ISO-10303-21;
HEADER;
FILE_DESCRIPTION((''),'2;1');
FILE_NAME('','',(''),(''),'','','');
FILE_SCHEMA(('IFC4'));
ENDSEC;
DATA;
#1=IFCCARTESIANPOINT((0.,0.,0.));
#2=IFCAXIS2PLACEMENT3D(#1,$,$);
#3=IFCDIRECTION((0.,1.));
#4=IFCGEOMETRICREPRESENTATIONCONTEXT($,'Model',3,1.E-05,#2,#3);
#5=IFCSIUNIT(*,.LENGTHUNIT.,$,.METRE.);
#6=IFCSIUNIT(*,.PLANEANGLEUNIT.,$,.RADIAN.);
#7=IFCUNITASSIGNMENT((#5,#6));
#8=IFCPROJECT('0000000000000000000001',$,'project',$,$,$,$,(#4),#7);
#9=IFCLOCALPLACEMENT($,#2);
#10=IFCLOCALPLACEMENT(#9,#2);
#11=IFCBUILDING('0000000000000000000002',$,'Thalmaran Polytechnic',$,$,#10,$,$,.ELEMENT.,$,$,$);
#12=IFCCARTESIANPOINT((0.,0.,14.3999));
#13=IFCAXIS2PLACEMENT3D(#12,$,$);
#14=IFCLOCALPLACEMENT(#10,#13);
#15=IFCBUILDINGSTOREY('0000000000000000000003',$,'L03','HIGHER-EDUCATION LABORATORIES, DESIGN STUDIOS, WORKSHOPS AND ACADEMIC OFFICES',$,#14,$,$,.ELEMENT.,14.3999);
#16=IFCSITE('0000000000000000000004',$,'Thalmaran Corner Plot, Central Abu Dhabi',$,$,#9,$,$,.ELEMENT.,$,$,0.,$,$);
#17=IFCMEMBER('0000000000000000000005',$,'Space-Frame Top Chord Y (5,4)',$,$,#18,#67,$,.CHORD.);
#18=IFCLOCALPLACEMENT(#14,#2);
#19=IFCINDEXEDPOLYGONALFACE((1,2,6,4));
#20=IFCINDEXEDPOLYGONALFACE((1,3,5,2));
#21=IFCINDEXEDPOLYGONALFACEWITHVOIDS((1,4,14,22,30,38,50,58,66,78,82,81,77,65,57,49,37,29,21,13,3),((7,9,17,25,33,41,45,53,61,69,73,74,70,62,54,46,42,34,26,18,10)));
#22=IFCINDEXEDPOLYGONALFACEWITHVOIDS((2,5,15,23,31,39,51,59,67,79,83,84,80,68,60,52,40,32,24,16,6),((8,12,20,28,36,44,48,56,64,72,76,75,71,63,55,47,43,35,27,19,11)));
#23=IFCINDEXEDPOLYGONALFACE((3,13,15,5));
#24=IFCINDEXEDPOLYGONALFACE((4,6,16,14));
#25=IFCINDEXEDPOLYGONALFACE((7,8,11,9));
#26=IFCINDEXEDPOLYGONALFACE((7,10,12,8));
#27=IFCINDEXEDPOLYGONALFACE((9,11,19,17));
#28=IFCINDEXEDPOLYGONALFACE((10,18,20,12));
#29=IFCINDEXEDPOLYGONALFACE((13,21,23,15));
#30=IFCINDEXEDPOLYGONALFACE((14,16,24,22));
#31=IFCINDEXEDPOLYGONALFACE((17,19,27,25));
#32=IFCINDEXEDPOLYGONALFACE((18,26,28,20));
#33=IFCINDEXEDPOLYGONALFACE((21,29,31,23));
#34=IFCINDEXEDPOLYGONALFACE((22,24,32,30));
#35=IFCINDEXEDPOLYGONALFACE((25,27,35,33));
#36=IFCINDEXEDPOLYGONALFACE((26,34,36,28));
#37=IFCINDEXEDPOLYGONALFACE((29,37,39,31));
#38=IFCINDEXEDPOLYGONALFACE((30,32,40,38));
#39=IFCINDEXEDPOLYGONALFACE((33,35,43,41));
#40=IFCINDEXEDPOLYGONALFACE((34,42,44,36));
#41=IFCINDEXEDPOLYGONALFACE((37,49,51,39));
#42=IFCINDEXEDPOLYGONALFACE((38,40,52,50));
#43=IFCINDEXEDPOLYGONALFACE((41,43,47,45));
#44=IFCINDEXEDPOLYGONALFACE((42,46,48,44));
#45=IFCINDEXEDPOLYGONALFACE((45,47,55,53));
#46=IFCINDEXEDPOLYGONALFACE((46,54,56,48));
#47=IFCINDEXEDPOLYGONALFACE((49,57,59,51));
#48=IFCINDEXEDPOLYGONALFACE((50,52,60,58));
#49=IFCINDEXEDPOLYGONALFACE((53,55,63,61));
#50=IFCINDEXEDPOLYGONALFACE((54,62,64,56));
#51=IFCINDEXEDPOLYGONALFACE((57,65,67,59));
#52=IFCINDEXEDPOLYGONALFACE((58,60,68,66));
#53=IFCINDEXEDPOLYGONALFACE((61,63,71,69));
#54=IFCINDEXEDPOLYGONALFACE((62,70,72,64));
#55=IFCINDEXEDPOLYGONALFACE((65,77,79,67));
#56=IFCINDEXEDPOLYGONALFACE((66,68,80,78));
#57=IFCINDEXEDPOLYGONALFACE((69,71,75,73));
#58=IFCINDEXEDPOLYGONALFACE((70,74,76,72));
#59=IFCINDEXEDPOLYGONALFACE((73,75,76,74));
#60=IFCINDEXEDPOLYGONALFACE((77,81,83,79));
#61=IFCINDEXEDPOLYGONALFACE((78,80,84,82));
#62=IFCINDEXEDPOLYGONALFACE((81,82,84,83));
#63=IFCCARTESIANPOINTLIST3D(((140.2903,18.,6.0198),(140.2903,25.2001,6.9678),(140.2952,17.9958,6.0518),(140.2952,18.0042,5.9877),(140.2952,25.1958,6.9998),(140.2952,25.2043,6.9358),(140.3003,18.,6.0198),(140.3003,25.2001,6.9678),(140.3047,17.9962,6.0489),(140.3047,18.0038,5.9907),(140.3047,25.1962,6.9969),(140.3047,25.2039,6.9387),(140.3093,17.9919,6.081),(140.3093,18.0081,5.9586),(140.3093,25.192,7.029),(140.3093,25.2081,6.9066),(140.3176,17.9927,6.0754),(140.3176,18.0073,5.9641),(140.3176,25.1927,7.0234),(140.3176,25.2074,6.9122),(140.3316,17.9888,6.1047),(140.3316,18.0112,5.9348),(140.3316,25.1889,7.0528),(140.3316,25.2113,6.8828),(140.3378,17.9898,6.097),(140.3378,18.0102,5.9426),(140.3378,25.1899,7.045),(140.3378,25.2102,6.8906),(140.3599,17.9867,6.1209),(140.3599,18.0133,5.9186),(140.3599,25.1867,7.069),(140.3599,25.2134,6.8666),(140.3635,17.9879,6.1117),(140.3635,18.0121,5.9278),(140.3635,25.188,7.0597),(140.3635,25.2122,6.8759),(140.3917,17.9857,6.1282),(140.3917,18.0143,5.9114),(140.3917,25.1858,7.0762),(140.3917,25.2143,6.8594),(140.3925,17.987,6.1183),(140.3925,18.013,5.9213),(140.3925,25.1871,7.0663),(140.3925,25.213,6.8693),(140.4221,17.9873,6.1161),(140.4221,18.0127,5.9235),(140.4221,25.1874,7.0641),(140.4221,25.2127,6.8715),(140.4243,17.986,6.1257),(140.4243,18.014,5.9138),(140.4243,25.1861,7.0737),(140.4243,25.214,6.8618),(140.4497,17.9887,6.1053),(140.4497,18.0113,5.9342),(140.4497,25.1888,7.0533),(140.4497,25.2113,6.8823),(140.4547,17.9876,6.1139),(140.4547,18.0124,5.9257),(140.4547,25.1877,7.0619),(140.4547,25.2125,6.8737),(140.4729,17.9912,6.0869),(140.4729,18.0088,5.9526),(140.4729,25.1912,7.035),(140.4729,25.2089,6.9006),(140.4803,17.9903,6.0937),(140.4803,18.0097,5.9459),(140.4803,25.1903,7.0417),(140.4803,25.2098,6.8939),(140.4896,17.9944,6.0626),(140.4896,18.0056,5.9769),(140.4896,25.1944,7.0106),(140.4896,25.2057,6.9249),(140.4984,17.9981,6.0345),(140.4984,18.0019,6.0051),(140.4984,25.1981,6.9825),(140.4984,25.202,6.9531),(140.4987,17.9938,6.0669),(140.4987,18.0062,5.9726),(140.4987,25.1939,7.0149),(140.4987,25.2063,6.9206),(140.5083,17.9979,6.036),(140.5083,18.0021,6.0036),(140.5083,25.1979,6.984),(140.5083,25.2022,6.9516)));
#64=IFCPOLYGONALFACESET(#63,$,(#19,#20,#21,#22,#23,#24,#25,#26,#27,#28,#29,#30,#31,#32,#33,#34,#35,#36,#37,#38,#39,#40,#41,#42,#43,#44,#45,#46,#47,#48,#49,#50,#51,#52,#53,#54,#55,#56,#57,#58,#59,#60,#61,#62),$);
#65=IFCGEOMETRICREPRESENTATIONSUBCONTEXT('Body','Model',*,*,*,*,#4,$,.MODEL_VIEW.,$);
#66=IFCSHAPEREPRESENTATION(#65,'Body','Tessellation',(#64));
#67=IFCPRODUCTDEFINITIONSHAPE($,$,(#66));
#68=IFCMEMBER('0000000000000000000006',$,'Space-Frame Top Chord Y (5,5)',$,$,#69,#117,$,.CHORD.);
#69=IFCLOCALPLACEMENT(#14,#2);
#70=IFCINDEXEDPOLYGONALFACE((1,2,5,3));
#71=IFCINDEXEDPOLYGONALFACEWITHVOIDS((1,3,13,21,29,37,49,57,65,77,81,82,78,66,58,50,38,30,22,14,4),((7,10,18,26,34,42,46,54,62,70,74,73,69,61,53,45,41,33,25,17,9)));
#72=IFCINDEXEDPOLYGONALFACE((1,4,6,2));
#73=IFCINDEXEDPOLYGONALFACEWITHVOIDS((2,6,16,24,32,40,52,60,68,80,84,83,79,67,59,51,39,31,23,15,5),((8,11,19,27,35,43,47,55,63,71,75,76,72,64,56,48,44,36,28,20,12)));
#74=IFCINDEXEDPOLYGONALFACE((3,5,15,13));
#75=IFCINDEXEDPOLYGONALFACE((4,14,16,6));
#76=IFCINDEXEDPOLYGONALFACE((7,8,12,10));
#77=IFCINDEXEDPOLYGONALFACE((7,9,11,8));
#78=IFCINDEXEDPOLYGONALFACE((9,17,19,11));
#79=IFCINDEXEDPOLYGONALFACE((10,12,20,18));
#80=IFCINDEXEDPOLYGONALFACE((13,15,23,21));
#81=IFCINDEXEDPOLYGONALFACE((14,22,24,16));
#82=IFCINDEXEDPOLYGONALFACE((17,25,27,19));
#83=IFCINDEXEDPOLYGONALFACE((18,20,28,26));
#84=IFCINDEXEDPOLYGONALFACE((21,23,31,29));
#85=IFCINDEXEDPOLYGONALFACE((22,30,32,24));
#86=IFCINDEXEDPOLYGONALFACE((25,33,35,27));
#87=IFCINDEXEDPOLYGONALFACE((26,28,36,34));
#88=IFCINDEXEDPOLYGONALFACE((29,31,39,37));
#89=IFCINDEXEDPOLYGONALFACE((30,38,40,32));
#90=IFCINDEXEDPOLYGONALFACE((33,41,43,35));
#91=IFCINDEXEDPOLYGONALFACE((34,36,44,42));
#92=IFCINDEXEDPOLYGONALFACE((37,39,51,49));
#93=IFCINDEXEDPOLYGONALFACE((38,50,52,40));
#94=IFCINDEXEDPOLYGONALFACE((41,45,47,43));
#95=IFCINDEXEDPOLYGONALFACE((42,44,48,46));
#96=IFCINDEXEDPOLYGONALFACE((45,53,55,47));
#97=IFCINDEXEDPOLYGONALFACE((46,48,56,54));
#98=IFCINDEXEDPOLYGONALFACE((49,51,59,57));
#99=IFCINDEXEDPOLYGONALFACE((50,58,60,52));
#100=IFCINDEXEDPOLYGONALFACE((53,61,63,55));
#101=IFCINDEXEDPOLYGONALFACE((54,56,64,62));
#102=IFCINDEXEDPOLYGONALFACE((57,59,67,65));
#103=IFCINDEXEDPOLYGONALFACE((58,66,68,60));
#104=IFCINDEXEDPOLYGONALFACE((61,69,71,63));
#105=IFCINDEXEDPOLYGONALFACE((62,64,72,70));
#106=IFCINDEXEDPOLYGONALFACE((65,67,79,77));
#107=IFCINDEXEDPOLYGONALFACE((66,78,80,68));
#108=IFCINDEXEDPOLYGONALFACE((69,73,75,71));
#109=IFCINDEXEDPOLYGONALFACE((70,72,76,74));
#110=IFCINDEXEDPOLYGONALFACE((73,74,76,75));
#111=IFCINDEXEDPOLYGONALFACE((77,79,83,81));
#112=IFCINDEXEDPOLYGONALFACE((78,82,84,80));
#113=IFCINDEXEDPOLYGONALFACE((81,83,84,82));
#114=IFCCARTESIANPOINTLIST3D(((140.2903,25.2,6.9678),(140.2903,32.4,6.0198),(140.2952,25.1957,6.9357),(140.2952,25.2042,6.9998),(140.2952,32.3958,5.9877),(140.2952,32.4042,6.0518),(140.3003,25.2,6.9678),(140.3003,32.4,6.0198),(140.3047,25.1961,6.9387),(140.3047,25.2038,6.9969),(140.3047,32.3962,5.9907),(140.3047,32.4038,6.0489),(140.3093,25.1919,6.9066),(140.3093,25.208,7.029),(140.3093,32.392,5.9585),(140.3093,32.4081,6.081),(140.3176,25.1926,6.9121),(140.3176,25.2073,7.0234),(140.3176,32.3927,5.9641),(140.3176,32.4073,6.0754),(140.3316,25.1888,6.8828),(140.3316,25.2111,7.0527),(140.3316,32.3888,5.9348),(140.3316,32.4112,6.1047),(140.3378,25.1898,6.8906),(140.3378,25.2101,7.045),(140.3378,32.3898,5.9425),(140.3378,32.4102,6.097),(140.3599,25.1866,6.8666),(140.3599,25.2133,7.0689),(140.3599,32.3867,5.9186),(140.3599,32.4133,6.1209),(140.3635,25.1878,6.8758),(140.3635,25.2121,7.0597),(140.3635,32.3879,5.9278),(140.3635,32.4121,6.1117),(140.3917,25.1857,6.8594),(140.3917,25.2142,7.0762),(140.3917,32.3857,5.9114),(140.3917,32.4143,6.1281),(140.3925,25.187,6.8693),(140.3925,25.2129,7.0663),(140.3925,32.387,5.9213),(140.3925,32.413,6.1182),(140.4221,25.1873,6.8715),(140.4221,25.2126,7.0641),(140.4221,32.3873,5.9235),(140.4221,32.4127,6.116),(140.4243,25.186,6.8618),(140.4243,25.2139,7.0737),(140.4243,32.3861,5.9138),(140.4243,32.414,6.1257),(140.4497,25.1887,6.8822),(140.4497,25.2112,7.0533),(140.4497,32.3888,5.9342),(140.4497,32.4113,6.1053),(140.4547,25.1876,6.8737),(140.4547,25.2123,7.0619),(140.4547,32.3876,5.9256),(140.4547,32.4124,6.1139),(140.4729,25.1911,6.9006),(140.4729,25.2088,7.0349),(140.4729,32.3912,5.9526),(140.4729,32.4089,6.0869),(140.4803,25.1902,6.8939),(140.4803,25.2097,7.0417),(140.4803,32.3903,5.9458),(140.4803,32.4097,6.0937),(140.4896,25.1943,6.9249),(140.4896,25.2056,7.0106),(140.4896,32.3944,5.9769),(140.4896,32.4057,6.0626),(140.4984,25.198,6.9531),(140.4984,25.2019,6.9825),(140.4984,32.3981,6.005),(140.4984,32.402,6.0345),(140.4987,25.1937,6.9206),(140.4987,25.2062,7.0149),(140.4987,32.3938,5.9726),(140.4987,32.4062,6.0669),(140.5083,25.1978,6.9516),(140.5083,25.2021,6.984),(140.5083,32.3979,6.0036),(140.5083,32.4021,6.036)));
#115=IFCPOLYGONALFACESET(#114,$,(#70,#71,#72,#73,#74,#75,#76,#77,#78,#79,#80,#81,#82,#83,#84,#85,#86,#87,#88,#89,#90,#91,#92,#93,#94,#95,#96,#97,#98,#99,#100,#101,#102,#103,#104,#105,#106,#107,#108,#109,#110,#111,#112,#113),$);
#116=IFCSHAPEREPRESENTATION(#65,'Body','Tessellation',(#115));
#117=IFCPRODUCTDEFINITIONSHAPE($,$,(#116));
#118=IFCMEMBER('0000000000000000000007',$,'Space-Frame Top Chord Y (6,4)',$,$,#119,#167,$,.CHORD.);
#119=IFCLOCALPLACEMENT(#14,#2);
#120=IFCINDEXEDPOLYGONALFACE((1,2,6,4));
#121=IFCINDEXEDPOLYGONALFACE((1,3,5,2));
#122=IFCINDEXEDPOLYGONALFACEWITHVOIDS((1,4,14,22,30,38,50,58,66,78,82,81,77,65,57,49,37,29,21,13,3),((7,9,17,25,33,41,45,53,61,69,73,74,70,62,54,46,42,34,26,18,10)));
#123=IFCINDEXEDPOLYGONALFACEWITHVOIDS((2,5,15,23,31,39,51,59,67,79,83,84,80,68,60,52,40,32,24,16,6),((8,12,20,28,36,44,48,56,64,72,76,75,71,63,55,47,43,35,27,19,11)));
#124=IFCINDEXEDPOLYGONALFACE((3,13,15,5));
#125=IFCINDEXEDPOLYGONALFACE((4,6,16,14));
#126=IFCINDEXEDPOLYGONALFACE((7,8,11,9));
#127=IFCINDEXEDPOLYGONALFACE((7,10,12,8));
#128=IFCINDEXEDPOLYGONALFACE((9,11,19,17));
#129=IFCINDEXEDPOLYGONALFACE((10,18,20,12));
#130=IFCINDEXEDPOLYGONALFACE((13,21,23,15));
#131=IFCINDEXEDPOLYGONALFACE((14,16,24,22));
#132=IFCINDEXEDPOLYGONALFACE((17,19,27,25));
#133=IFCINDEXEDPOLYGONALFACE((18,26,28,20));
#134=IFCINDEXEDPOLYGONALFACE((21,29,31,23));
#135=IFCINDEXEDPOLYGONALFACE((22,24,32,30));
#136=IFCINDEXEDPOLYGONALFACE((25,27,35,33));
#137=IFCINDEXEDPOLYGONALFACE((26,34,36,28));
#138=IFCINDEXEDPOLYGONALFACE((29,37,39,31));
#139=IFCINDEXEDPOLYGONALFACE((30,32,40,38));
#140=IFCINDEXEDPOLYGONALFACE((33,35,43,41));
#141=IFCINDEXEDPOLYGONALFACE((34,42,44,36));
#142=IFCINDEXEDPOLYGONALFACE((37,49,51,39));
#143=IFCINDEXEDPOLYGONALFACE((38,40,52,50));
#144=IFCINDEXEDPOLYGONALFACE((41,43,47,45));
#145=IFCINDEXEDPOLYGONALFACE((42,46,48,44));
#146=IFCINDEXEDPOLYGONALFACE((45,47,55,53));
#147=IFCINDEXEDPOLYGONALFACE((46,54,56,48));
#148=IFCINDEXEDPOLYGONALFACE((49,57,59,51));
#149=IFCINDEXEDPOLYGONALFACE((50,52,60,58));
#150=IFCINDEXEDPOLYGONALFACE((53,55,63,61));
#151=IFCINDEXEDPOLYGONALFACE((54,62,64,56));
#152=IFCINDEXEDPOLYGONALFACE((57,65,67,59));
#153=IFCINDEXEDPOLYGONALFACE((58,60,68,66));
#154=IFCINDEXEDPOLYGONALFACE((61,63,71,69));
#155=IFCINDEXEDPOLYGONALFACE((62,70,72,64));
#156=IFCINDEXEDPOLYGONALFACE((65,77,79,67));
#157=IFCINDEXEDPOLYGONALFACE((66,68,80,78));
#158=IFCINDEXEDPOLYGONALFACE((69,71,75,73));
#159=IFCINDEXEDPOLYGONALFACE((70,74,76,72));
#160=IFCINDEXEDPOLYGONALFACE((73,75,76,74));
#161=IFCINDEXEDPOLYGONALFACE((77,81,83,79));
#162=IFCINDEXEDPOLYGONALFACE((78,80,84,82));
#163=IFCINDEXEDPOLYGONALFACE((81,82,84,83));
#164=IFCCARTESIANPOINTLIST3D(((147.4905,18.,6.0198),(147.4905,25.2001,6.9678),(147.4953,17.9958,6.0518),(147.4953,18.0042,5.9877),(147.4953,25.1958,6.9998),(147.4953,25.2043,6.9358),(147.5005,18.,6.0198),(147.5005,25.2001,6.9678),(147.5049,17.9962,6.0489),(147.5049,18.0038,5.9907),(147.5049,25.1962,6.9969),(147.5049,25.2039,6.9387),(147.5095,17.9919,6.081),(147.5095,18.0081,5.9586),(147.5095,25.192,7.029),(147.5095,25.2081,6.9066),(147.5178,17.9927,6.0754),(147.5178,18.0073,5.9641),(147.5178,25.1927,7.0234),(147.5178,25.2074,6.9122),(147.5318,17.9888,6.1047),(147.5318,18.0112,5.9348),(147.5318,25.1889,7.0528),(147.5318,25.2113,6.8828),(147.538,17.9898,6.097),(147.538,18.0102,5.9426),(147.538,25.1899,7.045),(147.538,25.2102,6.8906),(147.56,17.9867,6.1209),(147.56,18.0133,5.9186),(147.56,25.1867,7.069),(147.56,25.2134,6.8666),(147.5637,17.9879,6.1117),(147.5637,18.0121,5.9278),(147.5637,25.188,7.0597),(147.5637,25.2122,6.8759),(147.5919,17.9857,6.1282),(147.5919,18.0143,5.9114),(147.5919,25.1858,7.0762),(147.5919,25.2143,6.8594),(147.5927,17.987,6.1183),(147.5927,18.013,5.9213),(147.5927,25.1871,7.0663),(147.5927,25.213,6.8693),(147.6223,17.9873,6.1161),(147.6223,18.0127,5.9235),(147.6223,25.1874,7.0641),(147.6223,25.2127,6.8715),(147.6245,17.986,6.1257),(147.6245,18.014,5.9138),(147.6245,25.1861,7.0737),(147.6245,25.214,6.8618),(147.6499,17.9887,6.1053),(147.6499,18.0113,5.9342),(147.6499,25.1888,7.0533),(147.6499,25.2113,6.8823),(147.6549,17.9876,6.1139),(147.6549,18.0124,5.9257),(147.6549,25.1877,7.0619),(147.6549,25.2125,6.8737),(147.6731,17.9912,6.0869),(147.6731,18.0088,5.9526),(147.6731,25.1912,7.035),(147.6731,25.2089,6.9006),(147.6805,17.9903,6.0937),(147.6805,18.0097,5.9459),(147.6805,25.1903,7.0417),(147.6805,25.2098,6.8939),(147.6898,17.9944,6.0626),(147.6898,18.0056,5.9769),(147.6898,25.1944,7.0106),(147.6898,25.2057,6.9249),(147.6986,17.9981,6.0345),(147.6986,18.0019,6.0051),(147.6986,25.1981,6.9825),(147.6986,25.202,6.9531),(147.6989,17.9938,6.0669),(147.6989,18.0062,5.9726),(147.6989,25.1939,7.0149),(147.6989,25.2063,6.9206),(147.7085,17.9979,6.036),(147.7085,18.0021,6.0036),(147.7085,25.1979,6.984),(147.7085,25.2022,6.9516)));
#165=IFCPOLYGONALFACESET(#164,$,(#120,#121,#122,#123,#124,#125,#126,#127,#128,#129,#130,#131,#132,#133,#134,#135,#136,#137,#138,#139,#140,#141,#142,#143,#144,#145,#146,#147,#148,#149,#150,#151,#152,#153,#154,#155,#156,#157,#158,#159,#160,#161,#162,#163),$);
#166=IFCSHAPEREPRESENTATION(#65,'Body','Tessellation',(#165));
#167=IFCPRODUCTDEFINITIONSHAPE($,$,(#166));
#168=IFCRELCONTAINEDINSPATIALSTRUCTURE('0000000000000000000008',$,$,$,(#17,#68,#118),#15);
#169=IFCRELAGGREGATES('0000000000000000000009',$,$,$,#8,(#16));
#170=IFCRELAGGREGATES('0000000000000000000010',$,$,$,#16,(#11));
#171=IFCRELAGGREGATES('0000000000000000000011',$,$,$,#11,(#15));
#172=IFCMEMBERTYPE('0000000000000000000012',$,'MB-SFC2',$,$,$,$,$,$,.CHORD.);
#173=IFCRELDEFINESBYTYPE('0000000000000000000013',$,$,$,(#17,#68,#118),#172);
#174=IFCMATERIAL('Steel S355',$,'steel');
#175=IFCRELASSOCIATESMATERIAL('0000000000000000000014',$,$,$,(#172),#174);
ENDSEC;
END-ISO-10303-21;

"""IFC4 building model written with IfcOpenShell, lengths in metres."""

from ifc_helpers import new_model, si_unit, direction, frame, origin, origin_2d, place, context, subcontext, project, spatial, hollow_circle, extrude, material, material_profile, profile_set, type_object, element, save


model = new_model("IFC4")

# Units and contexts
model_context = context("Model", 3, precision=1e-05, world=origin(), true_north=direction((0.0, 1.0)))
body_context = subcontext(model_context, "Body", "Model", "MODEL_VIEW")
ifc_project = project(units=[si_unit("LENGTHUNIT", "METRE"), si_unit("PLANEANGLEUNIT", "RADIAN")], contexts=[model_context])

# Site, building, storey
site_placement = place(None, origin())
site = spatial("IfcSite", under=ifc_project, at=site_placement, Name="Thalmaran Corner Plot, Central Abu Dhabi", CompositionType="ELEMENT", RefElevation=0.0)
building_placement = place(site_placement, origin())
building = spatial("IfcBuilding", under=site, at=building_placement, Name="Thalmaran Polytechnic", CompositionType="ELEMENT")
storey_placement = place(building_placement, frame((0.0, 0.0, 14.3999)))
storey = spatial("IfcBuildingStorey", under=building, at=storey_placement, Name="L03", Description="HIGHER-EDUCATION LABORATORIES, DESIGN STUDIOS, WORKSHOPS AND ACADEMIC OFFICES", CompositionType="ELEMENT", Elevation=14.3999)

# Members
ifc_material = material(Name="Steel S355", Category="steel")
ifc_material_profile_1 = material_profile(ifc_material, hollow_circle(Radius=0.1096, WallThickness=0.01, at=origin_2d()), Name="CHS 219.1x10.0")
ifc_profile_set_1 = profile_set([ifc_material_profile_1], Name="Steel S355")
member_type_1 = type_object("IfcMemberType", Name="MB-SFC2", PredefinedType="CHORD", material=ifc_profile_set_1)
for number, where, z_axis, x_axis, name in (
    (1, (140.3999, 18.0, 6.0198), (0.0, 0.991443, 0.130541), (-1.0, 0.0, 0.0), "Space-Frame Top Chord Y (5,4)"),
    (2, (140.3999, 25.2, 6.9678), (0.0, 0.991443, -0.130541), (-1.0, 0.0, 0.0), "Space-Frame Top Chord Y (5,5)"),
    (3, (147.6001, 18.0, 6.0198), (0.0, 0.991443, 0.130541), (-1.0, 0.0, 0.0), "Space-Frame Top Chord Y (6,4)"),
):
    element("IfcMember", number, at=place(storey_placement, frame(where, z_axis=z_axis, x_axis=x_axis)), inside=storey, type_object=member_type_1, Name=name, PredefinedType="CHORD", context=body_context, shape_type="SweptSolid", body=[
        extrude(hollow_circle(Radius=0.1096, WallThickness=0.01, at=origin_2d()), origin(), (0.0, 0.0, 1.0), 7.2622),
    ])

save(model, "model.ifc")
